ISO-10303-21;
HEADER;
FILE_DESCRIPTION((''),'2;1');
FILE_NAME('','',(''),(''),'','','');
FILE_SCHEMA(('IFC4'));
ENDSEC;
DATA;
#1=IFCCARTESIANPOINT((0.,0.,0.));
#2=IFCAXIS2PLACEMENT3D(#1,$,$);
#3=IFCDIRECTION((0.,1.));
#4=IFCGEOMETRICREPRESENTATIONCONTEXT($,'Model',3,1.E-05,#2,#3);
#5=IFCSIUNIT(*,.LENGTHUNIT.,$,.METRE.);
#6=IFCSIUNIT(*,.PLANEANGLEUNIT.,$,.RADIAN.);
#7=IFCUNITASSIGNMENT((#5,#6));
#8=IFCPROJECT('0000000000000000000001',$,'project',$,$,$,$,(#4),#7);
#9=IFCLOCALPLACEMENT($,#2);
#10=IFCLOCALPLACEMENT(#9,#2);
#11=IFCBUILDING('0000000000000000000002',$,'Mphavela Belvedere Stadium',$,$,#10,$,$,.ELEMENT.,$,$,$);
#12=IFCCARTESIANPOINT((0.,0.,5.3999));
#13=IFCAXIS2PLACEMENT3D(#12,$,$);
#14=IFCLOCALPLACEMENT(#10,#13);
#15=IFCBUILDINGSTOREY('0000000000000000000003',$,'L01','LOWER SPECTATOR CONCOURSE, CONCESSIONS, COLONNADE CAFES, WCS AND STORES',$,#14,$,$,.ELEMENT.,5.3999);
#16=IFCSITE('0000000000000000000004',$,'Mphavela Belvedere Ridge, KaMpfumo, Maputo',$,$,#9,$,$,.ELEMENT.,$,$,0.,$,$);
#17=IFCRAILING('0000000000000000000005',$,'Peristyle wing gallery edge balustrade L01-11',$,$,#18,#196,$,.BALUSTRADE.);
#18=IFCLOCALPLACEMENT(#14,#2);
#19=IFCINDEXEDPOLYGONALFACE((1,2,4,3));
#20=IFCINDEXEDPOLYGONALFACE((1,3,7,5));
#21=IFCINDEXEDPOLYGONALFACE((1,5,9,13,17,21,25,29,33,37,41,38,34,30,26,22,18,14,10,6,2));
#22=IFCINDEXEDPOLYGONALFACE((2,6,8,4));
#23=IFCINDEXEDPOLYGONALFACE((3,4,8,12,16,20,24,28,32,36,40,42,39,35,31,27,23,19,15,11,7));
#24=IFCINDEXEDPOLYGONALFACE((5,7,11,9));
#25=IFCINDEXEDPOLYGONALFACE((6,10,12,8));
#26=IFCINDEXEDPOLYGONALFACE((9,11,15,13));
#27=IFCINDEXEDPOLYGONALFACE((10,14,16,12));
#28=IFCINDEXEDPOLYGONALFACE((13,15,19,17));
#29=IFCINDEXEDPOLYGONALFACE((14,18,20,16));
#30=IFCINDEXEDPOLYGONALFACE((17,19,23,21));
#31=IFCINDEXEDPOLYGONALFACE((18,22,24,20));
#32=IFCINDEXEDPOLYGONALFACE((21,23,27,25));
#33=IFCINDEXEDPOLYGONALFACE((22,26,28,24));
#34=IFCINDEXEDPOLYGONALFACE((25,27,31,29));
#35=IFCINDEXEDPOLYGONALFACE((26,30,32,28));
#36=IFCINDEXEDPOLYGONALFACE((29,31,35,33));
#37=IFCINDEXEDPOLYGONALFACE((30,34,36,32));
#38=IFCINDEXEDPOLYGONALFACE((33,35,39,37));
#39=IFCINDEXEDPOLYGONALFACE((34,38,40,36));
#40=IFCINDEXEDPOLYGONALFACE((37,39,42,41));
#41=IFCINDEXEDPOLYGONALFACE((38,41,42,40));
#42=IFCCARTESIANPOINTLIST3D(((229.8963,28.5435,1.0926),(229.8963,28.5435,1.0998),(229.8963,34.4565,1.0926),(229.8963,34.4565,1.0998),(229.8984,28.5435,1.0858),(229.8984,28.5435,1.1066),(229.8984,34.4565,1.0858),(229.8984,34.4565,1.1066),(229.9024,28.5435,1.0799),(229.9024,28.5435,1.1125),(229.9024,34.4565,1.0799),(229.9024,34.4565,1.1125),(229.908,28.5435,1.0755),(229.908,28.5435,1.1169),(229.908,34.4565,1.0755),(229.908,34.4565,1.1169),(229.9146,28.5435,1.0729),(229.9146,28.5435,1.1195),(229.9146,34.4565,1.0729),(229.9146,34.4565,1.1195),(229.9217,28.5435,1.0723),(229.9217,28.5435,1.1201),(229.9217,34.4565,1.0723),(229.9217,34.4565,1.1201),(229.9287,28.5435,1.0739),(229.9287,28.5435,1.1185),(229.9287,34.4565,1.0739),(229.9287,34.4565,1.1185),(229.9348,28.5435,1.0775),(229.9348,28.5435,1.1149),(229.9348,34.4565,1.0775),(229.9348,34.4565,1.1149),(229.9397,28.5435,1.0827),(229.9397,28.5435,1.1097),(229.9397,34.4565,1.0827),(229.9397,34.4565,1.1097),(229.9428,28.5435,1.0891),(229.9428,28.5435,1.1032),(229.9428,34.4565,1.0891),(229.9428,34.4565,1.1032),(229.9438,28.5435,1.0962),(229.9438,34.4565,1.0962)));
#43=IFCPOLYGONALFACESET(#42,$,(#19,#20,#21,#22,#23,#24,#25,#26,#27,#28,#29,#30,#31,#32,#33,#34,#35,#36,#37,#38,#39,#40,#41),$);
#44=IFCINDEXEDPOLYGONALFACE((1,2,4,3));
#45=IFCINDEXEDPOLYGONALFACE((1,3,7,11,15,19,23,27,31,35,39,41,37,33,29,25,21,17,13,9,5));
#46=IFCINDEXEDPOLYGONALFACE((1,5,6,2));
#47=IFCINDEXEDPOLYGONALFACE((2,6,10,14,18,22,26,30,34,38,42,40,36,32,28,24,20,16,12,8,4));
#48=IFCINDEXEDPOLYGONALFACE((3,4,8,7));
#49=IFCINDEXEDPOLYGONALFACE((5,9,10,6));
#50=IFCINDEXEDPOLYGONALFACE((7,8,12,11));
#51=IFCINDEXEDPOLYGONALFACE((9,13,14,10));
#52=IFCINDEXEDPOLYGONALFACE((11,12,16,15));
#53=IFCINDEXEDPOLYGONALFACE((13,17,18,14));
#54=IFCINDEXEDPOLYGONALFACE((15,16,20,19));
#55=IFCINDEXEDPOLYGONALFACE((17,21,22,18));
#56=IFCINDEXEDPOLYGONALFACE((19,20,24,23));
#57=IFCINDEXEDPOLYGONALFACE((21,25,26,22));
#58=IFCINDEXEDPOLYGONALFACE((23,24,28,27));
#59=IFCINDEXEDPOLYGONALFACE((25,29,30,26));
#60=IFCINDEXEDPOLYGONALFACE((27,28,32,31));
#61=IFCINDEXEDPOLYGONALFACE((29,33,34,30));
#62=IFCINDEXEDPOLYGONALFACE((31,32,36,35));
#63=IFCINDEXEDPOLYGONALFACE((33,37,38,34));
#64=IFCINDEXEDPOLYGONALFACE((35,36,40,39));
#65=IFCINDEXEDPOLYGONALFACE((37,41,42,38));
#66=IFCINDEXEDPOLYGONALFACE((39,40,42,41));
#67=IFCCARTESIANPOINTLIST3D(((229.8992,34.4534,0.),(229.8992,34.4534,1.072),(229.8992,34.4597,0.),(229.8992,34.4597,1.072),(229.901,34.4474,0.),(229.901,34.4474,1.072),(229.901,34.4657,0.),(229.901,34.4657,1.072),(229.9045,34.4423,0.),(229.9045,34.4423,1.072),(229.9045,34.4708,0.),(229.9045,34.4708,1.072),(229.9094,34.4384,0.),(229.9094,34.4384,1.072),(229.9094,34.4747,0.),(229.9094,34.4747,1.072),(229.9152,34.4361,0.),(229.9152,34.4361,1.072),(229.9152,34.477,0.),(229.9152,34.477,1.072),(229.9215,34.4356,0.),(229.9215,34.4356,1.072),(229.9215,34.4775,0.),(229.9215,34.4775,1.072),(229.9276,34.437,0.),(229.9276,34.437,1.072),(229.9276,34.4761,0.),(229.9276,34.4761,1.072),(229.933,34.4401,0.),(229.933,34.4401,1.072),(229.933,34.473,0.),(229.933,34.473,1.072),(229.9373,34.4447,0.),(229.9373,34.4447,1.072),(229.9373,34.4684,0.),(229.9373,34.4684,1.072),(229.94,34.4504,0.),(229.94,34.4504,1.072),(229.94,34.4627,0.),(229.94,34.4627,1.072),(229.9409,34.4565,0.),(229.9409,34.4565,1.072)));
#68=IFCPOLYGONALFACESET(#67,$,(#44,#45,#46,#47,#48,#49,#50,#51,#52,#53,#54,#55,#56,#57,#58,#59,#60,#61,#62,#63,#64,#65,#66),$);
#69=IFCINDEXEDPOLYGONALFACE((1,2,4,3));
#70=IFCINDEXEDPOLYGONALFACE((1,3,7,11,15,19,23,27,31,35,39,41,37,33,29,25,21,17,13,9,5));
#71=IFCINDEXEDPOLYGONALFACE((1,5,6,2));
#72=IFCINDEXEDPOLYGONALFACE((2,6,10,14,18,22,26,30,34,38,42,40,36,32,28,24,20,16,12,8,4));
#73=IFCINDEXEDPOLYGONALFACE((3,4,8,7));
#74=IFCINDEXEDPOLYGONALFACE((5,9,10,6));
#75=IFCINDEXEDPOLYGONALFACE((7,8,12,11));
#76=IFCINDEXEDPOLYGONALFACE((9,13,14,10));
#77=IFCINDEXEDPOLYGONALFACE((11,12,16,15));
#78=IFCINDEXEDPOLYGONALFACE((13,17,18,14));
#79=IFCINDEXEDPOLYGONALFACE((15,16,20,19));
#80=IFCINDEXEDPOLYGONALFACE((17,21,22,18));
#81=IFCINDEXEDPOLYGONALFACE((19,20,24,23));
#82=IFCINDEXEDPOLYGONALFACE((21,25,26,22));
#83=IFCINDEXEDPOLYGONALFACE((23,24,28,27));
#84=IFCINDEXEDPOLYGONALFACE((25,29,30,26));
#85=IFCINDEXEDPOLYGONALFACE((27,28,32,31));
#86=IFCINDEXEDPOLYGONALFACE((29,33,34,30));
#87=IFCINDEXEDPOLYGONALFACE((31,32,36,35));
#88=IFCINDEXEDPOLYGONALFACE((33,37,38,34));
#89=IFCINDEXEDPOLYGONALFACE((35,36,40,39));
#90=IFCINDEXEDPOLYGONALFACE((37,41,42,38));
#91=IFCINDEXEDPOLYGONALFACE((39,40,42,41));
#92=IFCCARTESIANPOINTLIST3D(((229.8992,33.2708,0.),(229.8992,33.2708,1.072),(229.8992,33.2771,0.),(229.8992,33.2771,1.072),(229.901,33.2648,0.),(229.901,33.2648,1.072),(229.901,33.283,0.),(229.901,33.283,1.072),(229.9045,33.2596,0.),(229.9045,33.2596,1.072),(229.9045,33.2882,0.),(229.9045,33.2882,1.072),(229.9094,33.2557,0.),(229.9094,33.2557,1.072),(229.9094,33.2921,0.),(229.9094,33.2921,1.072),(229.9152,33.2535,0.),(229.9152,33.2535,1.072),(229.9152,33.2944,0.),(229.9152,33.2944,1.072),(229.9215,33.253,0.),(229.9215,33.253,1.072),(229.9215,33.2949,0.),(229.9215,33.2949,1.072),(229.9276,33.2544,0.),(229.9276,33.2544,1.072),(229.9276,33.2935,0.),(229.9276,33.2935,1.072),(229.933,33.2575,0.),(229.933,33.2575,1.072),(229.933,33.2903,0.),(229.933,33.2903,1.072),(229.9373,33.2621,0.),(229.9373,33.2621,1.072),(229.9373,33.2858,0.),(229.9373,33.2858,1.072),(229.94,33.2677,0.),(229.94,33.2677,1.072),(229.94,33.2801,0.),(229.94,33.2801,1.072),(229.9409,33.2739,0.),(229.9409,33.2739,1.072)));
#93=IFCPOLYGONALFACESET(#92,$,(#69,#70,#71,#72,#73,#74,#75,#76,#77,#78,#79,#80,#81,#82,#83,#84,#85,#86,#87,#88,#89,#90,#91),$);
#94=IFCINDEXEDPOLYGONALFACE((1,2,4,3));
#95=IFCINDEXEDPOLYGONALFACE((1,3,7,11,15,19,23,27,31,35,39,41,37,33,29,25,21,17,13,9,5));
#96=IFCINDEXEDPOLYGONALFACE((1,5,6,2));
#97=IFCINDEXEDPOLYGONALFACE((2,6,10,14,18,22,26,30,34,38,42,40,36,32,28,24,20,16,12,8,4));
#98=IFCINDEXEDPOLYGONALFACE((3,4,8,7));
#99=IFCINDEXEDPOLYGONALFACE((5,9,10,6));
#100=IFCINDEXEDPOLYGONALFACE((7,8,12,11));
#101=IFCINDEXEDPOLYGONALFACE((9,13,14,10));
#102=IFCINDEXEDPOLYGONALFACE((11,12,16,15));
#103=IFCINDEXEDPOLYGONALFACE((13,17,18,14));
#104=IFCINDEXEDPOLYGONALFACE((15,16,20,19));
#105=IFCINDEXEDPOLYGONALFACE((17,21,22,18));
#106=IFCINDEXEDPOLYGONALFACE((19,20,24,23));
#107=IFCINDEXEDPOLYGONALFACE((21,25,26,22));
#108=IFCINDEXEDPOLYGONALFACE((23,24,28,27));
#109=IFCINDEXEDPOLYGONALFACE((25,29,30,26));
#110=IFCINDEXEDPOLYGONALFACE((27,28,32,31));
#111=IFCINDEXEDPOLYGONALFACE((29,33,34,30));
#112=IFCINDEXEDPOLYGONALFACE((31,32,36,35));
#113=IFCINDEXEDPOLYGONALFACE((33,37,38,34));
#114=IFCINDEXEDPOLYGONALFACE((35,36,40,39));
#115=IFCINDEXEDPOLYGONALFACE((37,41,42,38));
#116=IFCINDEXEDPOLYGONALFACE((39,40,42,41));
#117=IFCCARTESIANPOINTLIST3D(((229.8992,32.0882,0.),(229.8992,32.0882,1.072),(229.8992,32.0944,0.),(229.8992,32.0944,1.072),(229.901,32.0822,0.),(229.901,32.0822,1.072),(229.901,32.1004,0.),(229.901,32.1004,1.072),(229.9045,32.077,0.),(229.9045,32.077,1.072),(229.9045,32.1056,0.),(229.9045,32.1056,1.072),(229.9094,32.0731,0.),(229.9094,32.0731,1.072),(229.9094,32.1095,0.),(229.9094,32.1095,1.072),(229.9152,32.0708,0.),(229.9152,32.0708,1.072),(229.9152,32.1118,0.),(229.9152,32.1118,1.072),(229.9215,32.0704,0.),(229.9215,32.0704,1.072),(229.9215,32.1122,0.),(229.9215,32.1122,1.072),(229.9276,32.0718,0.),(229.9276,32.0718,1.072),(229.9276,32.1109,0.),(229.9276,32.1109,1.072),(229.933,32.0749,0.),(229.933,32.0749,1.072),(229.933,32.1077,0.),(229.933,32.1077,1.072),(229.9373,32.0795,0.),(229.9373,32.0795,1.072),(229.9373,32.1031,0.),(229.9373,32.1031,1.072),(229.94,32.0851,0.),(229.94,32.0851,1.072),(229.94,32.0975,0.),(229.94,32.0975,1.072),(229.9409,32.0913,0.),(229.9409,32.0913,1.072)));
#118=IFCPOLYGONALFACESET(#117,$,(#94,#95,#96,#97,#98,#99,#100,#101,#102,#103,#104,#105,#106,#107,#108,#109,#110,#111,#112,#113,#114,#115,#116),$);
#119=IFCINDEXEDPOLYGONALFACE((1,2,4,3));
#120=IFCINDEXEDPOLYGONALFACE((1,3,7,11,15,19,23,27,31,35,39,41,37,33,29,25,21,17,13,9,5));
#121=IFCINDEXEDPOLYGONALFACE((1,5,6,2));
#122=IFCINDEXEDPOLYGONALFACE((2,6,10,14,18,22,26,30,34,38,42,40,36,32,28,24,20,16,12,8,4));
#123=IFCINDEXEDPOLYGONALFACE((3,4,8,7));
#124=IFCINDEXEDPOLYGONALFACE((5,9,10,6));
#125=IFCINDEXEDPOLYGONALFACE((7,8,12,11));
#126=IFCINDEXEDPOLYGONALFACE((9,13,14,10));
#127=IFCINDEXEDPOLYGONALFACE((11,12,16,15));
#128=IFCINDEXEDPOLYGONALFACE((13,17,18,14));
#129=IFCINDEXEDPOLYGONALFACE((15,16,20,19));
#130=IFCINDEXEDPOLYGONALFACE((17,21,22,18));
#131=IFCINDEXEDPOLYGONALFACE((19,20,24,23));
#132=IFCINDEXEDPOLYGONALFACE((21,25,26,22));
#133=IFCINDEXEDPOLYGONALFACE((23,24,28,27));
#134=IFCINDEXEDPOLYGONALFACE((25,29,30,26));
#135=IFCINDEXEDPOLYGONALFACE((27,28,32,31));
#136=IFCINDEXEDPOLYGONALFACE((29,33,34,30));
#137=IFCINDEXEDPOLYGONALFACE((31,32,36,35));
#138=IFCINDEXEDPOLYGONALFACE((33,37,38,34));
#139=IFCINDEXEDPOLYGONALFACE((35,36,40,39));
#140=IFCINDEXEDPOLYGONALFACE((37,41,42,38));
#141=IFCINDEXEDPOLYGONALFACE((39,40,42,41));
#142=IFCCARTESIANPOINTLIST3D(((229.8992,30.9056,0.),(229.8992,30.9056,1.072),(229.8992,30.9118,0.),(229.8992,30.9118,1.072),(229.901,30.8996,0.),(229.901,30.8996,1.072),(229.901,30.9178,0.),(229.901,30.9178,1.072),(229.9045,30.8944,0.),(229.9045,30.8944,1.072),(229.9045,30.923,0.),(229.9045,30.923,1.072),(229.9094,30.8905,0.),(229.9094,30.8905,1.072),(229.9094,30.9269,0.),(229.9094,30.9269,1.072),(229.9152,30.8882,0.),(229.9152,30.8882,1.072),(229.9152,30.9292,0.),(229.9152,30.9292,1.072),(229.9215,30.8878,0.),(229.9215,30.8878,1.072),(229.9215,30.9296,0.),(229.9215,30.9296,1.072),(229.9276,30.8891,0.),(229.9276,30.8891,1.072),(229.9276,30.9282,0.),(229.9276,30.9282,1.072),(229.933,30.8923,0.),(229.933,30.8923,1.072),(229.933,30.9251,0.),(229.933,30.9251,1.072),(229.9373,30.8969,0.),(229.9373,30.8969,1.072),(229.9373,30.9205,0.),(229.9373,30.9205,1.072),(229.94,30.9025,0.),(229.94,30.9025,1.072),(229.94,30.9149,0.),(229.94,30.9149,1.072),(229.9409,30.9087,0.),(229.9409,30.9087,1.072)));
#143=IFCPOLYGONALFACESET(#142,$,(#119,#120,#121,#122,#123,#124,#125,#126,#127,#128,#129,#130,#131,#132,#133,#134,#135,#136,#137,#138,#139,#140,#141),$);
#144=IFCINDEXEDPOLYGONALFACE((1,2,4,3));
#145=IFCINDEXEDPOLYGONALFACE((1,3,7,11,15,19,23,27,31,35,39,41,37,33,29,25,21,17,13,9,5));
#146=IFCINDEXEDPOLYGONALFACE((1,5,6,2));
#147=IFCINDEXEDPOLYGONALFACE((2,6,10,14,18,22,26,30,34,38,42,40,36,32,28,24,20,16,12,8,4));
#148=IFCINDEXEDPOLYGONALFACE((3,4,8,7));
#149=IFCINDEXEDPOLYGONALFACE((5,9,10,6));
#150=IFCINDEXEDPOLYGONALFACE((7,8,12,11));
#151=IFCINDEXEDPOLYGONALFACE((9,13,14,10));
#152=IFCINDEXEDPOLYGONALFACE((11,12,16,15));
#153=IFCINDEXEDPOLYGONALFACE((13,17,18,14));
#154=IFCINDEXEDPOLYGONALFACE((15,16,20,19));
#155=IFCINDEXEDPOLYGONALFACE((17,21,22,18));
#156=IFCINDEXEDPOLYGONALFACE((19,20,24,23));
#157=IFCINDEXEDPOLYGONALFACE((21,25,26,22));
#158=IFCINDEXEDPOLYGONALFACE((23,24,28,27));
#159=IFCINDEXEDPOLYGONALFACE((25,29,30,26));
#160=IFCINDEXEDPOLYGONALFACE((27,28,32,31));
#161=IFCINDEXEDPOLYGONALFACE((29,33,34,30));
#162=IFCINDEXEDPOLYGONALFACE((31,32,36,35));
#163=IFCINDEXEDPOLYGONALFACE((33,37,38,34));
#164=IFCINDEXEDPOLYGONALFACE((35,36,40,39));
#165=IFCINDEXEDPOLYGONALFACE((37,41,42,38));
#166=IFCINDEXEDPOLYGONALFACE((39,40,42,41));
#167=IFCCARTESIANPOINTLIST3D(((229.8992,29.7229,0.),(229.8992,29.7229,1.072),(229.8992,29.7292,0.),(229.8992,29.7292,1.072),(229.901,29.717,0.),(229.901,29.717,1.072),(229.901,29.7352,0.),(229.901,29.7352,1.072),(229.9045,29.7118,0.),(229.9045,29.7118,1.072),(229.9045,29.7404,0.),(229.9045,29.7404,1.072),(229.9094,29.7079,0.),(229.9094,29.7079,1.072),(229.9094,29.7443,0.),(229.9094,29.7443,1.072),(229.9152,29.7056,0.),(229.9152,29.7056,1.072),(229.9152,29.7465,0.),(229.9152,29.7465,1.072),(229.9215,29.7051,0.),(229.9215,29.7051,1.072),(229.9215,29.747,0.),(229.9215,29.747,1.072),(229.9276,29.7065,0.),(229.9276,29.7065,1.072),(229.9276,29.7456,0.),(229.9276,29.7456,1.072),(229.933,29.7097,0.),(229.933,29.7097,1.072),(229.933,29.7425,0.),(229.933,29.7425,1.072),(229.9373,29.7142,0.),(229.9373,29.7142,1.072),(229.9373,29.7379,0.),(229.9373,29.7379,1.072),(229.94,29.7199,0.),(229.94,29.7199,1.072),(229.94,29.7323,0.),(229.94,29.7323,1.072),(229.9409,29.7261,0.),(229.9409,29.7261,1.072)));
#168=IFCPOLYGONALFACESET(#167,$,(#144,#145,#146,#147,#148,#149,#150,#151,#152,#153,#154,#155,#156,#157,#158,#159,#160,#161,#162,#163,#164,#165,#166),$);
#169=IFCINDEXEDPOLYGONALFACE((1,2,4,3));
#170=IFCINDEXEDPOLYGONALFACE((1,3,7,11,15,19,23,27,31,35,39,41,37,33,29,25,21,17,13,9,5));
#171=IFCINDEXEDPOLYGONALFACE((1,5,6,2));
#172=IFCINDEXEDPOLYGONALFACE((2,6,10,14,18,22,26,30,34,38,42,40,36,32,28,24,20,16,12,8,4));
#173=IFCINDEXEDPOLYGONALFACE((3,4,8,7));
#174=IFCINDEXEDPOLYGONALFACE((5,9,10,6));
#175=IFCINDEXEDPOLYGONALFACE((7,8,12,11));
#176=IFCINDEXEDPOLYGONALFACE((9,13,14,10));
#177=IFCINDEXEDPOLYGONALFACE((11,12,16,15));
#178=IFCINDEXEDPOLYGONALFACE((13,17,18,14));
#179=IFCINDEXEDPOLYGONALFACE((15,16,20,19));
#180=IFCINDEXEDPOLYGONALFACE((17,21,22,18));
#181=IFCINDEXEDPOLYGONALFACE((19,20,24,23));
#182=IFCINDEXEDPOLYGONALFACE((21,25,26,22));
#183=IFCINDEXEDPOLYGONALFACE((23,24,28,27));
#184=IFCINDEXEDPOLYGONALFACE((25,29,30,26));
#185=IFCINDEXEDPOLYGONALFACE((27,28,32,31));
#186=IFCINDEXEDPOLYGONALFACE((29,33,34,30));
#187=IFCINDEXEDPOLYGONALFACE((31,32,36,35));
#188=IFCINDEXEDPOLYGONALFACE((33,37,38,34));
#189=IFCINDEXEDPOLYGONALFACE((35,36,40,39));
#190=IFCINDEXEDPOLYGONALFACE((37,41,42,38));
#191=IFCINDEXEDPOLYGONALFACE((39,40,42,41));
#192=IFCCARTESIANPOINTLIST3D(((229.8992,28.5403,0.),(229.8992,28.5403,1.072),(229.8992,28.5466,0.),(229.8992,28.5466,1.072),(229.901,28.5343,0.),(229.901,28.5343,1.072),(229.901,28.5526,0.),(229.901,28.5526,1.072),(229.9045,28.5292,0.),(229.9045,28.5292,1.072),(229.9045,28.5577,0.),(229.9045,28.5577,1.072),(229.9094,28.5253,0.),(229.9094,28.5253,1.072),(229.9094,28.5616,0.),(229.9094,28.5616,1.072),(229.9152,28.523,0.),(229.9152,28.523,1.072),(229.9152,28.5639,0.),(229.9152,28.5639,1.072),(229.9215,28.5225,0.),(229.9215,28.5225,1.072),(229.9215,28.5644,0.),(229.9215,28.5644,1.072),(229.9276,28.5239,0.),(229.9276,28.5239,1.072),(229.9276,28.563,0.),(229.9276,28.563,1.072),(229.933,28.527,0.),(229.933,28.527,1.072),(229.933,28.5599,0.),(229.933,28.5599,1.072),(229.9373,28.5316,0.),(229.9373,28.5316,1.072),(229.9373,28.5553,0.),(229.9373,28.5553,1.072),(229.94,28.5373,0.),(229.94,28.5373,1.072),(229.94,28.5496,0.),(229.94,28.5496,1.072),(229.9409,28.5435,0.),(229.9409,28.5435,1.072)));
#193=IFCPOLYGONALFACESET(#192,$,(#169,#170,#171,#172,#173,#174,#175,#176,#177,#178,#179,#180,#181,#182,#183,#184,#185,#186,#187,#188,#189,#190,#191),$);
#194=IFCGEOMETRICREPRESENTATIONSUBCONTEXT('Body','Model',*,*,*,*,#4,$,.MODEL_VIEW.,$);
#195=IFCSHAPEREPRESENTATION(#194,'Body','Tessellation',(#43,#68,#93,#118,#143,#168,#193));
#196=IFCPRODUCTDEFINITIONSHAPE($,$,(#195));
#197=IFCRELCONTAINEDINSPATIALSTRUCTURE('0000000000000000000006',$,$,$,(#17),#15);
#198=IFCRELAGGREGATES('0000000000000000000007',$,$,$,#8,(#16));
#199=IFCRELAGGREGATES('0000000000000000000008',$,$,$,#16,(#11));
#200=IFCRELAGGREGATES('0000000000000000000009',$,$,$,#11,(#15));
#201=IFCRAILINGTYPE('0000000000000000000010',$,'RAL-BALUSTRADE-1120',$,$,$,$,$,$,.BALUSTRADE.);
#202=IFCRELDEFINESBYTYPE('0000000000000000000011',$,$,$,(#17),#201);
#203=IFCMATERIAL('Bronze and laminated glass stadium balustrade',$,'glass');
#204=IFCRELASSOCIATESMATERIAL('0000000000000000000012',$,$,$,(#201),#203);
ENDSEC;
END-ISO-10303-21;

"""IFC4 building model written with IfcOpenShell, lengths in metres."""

from ifc_helpers import new_model, si_unit, direction, frame, origin, origin_2d, place, context, subcontext, project, spatial, circle, extrude, material, type_object, element, save


model = new_model("IFC4")

# Units and contexts
model_context = context("Model", 3, precision=1e-05, world=origin(), true_north=direction((0.0, 1.0)))
body_context = subcontext(model_context, "Body", "Model", "MODEL_VIEW")
ifc_project = project(units=[si_unit("LENGTHUNIT", "METRE"), si_unit("PLANEANGLEUNIT", "RADIAN")], contexts=[model_context])

# Site, building, storey
site_placement = place(None, origin())
site = spatial("IfcSite", under=ifc_project, at=site_placement, Name="Mphavela Belvedere Ridge, KaMpfumo, Maputo", CompositionType="ELEMENT", RefElevation=0.0)
building_placement = place(site_placement, origin())
building = spatial("IfcBuilding", under=site, at=building_placement, Name="Mphavela Belvedere Stadium", CompositionType="ELEMENT")
storey_placement = place(building_placement, frame((0.0, 0.0, 5.3999)))
storey = spatial("IfcBuildingStorey", under=building, at=storey_placement, Name="L01", Description="LOWER SPECTATOR CONCOURSE, CONCESSIONS, COLONNADE CAFES, WCS AND STORES", CompositionType="ELEMENT", Elevation=5.3999)

# Railing
ifc_material_1 = material(Name="Bronze and laminated glass stadium balustrade", Category="glass")
railing_type = type_object("IfcRailingType", Name="RAL-BALUSTRADE-1120", PredefinedType="BALUSTRADE", material=ifc_material_1)
for number, where, name in (
    (1, (229.9199, 34.4565, 0.0), "Peristyle wing gallery edge balustrade L01-11"),
):
    element("IfcRailing", number, at=place(storey_placement, frame(where)), inside=storey, type_object=railing_type, Name=name, PredefinedType="BALUSTRADE", context=body_context, shape_type="SweptSolid", body=[
        extrude(circle(Radius=0.0239, at=origin_2d()), frame((0.0, 0.0, 1.0962), z_axis=(0.0, -1.0, 0.0), x_axis=(1.0, 0.0, 0.0)), (0.0, 0.0, 1.0), 5.9131),
        extrude(circle(Radius=0.021, at=origin_2d()), origin(), (0.0, 0.0, 1.0), 1.072),
        extrude(circle(Radius=0.021, at=origin_2d()), frame((0.0, -1.1826, 0.0)), (0.0, 0.0, 1.0), 1.072),
        extrude(circle(Radius=0.021, at=origin_2d()), frame((0.0, -2.3652, 0.0)), (0.0, 0.0, 1.0), 1.072),
        extrude(circle(Radius=0.021, at=origin_2d()), frame((0.0, -3.5479, 0.0)), (0.0, 0.0, 1.0), 1.072),
        extrude(circle(Radius=0.021, at=origin_2d()), frame((0.0, -4.7305, 0.0)), (0.0, 0.0, 1.0), 1.072),
        extrude(circle(Radius=0.021, at=origin_2d()), frame((0.0, -5.9131, 0.0)), (0.0, 0.0, 1.0), 1.072),
    ])

save(model, "model.ifc")
